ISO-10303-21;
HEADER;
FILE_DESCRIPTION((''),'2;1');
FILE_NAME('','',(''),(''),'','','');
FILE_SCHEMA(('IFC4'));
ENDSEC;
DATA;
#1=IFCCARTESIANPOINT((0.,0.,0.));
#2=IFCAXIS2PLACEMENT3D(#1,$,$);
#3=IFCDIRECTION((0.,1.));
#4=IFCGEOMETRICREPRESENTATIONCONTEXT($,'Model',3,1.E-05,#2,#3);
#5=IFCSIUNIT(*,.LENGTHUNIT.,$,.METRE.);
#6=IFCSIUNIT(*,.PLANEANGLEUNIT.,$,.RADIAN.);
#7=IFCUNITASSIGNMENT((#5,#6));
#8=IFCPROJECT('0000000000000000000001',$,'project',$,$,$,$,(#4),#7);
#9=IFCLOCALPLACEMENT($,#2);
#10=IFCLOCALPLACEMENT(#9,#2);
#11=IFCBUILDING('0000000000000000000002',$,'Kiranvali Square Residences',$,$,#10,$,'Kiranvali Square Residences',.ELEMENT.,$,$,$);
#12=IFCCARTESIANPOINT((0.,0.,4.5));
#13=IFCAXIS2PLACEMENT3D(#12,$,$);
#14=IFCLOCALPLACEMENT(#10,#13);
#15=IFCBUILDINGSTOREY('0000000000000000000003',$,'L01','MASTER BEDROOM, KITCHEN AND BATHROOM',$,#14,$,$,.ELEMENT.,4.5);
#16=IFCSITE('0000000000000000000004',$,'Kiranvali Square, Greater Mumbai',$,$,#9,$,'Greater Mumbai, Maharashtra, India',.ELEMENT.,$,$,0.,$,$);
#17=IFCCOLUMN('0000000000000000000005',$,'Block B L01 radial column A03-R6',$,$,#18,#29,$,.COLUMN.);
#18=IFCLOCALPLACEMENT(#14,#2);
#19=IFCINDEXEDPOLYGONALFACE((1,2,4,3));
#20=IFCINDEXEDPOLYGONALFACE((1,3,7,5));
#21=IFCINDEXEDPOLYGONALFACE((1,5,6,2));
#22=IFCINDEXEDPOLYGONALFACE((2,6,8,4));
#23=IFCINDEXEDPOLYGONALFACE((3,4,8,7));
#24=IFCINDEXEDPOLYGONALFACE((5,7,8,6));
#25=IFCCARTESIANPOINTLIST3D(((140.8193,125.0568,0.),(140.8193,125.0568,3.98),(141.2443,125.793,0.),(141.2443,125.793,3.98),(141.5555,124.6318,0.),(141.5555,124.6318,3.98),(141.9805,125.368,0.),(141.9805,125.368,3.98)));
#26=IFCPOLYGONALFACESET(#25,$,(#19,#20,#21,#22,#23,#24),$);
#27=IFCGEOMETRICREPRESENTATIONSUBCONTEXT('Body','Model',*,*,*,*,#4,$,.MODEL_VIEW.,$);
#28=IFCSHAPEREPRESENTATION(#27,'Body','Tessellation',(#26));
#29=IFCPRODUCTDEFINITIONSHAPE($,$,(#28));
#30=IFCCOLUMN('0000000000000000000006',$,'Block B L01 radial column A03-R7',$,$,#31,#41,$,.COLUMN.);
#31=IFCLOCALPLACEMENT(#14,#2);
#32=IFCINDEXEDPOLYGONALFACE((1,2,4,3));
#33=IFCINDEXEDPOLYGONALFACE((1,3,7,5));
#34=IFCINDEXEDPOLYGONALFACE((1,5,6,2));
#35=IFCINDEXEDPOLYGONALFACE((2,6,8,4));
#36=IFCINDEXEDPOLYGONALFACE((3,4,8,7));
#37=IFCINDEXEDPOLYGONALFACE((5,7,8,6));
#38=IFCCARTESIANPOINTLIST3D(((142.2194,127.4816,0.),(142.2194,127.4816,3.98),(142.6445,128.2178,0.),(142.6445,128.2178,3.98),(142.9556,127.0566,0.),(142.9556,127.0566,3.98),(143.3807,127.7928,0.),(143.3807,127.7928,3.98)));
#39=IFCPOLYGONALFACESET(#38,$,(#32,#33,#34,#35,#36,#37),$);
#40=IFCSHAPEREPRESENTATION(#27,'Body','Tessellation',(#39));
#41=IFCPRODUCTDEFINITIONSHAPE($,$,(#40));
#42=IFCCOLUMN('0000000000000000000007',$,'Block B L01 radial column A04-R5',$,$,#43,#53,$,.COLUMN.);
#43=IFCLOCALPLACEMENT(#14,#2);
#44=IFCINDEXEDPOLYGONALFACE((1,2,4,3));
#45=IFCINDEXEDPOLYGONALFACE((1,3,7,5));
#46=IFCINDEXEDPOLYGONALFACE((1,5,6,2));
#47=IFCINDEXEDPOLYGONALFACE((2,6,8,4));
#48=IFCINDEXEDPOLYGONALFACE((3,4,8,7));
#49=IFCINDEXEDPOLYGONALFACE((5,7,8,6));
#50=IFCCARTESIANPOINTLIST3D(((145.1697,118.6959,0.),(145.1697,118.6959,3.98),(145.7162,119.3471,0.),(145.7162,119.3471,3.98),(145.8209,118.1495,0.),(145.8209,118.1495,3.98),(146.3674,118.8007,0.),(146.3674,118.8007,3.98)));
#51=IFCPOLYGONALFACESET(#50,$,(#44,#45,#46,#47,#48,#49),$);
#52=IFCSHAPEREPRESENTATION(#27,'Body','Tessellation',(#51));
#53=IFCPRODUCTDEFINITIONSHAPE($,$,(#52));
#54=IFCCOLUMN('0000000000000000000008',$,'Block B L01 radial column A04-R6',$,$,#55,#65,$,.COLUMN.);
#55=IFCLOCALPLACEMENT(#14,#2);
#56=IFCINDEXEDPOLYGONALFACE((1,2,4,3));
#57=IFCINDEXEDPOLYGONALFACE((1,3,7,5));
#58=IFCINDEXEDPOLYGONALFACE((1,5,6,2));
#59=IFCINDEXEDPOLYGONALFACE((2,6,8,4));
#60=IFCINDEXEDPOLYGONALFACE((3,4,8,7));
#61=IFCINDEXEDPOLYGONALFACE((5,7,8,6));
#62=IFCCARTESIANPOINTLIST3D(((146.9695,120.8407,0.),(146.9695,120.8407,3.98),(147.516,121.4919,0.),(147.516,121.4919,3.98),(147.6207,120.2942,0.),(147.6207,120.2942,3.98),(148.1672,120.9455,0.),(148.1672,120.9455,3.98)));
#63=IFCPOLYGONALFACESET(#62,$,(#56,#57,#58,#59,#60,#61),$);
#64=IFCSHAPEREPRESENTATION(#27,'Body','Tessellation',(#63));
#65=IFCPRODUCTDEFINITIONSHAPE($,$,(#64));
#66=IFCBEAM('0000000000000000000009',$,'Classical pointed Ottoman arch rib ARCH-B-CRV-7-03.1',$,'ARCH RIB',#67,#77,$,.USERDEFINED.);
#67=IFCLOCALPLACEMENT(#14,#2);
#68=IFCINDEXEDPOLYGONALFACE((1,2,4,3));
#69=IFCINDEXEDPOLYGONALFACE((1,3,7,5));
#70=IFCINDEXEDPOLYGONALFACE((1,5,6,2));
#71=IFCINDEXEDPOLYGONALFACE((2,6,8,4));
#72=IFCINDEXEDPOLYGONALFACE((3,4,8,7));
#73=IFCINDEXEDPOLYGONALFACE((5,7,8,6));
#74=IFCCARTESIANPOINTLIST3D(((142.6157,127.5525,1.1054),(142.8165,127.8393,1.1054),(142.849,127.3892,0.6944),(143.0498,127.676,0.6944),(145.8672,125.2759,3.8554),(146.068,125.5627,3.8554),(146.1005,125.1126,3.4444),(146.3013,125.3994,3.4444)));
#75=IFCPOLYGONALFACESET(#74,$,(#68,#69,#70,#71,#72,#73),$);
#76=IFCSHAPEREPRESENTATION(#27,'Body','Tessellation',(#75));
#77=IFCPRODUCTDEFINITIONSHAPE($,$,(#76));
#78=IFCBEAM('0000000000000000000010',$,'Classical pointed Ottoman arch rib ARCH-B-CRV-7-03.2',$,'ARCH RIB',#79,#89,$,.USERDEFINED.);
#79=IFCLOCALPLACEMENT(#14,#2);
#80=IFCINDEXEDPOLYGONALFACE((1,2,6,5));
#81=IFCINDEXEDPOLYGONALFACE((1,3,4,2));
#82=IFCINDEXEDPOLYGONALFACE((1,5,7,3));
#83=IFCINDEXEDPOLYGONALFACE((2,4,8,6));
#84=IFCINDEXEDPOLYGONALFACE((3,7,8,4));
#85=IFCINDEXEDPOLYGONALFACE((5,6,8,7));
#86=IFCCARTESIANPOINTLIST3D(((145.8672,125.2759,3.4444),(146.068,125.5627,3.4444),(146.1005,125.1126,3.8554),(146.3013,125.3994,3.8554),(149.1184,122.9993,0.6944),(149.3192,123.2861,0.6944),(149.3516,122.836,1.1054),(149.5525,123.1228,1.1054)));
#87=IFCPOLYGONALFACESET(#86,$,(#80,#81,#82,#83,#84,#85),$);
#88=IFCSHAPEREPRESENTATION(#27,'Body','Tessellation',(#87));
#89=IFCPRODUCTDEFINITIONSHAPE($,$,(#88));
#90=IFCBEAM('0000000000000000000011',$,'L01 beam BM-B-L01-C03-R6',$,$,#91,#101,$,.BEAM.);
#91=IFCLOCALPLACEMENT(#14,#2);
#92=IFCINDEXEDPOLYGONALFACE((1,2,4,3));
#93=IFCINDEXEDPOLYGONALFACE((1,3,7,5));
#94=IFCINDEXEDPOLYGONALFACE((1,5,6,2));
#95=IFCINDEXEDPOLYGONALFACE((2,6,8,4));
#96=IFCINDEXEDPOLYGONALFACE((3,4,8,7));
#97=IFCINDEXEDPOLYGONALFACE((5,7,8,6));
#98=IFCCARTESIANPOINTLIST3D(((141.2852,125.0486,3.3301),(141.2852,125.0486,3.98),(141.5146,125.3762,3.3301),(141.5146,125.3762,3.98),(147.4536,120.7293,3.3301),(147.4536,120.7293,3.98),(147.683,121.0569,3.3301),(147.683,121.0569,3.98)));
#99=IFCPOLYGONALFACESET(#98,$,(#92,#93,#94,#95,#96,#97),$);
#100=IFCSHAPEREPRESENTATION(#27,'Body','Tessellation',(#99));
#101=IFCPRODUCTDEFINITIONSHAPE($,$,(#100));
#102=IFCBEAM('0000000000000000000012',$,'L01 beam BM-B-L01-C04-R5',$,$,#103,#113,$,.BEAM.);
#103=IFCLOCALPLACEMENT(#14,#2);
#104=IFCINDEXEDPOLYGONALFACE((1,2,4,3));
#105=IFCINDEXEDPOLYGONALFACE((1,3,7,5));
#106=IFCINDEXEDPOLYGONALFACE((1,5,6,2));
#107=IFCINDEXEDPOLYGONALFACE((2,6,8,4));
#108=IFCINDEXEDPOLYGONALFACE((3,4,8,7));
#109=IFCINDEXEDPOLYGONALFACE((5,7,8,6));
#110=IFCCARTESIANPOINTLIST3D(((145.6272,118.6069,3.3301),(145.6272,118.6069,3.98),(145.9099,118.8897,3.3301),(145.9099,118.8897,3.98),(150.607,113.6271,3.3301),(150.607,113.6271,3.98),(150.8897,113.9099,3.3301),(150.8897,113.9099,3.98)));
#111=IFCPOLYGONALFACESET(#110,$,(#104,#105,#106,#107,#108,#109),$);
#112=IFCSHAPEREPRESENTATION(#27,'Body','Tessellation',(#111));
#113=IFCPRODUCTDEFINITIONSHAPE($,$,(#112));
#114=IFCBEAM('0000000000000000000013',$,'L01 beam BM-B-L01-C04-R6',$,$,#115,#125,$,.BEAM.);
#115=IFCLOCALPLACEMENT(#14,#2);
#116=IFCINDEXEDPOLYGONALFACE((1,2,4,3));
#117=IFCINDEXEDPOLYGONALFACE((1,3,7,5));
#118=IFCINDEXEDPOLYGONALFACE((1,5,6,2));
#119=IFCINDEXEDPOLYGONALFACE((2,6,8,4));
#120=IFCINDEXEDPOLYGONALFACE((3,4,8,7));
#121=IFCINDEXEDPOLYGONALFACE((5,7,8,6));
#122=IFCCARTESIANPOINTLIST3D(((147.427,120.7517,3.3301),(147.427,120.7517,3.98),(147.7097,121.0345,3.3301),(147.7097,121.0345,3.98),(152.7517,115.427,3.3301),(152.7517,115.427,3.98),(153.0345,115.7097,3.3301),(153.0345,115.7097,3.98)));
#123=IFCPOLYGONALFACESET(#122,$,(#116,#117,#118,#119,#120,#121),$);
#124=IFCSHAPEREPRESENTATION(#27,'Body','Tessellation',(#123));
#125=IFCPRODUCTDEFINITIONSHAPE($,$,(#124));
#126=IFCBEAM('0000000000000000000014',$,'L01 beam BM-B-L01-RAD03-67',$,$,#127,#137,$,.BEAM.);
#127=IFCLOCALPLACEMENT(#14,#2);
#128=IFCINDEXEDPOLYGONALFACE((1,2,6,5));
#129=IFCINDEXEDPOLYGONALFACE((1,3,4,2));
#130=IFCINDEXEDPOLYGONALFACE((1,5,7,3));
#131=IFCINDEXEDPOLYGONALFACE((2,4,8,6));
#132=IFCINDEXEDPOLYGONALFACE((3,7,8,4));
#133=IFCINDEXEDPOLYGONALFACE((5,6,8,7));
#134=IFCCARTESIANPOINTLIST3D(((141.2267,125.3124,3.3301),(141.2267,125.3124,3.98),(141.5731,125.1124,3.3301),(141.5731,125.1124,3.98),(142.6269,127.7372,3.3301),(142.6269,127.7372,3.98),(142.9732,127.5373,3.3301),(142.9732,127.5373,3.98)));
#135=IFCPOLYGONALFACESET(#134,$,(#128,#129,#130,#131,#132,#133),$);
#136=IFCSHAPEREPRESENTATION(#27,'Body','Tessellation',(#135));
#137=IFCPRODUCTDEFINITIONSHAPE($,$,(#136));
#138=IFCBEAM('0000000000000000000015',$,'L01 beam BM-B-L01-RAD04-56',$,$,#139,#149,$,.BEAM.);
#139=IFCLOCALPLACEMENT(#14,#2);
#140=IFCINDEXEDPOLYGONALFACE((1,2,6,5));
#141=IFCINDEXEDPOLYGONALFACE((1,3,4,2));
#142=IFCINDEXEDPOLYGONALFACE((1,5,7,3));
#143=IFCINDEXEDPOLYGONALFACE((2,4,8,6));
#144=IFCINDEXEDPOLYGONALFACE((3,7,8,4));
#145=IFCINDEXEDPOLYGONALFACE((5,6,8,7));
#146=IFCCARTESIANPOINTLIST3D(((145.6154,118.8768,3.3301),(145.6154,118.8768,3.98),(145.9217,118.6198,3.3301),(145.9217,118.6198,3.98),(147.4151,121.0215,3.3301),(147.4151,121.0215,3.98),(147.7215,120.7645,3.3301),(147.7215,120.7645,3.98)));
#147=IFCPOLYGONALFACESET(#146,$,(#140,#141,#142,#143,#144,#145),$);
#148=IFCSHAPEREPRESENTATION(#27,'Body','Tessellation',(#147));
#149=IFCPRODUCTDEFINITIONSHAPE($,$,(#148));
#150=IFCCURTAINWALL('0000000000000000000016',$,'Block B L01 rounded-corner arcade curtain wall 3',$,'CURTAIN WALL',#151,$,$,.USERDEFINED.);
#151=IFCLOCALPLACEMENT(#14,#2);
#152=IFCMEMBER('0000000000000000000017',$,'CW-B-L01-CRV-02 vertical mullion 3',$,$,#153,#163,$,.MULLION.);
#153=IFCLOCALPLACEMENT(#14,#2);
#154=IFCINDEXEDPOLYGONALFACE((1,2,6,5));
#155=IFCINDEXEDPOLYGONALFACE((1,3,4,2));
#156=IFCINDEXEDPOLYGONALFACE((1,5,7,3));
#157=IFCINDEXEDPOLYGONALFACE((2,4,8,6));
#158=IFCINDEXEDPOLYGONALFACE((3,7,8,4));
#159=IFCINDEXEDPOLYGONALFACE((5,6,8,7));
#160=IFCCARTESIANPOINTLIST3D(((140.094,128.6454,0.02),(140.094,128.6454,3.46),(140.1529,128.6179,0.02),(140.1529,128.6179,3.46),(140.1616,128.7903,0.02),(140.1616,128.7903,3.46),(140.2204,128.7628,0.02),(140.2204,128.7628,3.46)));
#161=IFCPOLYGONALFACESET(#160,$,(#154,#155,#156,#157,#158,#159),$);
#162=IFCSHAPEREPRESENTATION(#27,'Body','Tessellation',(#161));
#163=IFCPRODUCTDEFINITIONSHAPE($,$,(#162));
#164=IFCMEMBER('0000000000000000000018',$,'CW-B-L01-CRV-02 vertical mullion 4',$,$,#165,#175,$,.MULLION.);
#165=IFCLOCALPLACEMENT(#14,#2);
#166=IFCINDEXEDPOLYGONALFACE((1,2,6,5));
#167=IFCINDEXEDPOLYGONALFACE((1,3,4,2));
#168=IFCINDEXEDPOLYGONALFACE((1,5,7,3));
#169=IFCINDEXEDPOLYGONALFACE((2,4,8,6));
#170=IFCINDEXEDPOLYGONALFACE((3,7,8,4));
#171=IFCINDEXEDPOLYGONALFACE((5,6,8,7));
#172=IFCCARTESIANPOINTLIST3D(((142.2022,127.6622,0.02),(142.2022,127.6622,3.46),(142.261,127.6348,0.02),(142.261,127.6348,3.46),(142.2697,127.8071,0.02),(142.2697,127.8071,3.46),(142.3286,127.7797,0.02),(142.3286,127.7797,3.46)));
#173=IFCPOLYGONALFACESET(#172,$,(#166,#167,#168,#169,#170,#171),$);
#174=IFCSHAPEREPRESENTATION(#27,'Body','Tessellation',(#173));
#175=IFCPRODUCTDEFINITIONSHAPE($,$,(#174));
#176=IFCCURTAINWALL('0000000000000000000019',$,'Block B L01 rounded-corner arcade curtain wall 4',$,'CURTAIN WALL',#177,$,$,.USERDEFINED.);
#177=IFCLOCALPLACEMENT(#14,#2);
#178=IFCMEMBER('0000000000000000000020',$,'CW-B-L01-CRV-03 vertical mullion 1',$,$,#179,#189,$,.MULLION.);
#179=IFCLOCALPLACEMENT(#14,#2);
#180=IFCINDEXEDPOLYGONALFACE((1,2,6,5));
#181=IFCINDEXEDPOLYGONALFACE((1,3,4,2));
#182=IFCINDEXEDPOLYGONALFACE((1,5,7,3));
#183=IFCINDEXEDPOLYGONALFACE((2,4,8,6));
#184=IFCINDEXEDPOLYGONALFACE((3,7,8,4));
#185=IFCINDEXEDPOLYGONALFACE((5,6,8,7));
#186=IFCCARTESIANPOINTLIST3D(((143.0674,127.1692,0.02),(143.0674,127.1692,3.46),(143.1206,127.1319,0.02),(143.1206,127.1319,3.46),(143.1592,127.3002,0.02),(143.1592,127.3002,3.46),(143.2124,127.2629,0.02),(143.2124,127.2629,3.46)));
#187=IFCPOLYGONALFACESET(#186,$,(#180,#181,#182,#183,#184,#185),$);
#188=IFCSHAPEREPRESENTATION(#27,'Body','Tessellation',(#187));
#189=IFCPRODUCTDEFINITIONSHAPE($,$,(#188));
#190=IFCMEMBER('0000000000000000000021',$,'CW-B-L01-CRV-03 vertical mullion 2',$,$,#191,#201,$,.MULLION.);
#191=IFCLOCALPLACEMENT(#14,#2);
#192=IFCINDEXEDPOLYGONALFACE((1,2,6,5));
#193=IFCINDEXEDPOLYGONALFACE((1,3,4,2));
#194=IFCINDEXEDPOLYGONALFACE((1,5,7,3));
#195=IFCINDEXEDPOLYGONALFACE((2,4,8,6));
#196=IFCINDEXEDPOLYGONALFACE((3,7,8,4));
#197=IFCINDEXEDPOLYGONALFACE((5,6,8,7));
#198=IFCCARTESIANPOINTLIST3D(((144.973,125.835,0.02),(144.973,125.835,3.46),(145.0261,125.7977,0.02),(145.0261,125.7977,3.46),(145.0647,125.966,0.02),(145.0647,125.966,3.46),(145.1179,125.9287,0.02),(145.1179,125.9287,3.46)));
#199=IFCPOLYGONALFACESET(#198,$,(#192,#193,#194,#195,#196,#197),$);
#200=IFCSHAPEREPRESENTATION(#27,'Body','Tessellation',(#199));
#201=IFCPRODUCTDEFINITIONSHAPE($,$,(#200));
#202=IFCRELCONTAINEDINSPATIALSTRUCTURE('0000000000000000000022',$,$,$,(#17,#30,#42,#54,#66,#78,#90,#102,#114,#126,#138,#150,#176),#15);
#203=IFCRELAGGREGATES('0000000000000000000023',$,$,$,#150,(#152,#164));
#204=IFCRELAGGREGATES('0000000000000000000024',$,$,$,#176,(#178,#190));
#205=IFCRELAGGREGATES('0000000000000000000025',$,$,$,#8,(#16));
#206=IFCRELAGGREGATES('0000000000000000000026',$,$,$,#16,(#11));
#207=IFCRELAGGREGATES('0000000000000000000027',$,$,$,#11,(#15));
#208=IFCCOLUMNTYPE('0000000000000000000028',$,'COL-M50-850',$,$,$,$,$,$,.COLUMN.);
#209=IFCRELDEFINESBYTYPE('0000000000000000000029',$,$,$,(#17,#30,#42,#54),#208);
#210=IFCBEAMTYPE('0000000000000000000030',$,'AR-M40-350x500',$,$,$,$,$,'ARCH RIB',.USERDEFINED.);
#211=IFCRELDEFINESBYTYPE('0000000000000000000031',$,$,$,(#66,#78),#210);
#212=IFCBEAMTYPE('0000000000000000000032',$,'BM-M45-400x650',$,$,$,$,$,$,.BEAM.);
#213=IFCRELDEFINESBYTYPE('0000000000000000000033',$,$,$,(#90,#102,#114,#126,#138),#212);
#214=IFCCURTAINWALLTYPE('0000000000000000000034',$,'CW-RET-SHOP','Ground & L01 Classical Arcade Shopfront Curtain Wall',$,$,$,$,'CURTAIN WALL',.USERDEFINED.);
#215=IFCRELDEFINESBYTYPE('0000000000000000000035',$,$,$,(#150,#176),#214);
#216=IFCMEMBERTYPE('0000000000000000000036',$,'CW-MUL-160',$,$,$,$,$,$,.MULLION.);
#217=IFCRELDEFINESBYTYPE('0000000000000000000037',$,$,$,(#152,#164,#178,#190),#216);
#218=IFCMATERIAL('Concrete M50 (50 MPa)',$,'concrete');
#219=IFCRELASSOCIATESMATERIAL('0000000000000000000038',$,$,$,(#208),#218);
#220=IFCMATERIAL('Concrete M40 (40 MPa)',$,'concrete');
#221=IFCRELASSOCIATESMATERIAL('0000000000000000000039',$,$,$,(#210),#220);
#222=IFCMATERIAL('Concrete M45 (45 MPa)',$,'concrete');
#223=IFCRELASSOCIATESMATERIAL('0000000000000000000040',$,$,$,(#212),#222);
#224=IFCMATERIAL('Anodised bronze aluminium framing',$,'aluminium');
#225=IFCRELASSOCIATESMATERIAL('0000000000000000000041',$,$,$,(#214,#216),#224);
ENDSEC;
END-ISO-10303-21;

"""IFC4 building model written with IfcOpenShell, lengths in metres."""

from ifc_helpers import new_model, si_unit, direction, frame, origin, origin_2d, place, context, subcontext, project, spatial, rectangle, extrude, material, material_profile, profile_set, type_object, element, aggregate, save


model = new_model("IFC4")

# Units and contexts
model_context = context("Model", 3, precision=1e-05, world=origin(), true_north=direction((0.0, 1.0)))
body_context = subcontext(model_context, "Body", "Model", "MODEL_VIEW")
ifc_project = project(units=[si_unit("LENGTHUNIT", "METRE"), si_unit("PLANEANGLEUNIT", "RADIAN")], contexts=[model_context])

# Site, building, storey
site_placement = place(None, origin())
site = spatial("IfcSite", under=ifc_project, at=site_placement, Name="Kiranvali Square, Greater Mumbai", LongName="Greater Mumbai, Maharashtra, India", CompositionType="ELEMENT", RefElevation=0.0)
building_placement = place(site_placement, origin())
building = spatial("IfcBuilding", under=site, at=building_placement, Name="Kiranvali Square Residences", LongName="Kiranvali Square Residences", CompositionType="ELEMENT")
storey_placement = place(building_placement, frame((0.0, 0.0, 4.5)))
storey = spatial("IfcBuildingStorey", under=building, at=storey_placement, Name="L01", Description="MASTER BEDROOM, KITCHEN AND BATHROOM", CompositionType="ELEMENT", Elevation=4.5)

# Columns
ifc_material_1 = material(Name="Concrete M50 (50 MPa)", Category="concrete")
ifc_material_profile_1 = material_profile(ifc_material_1, rectangle(XDim=0.8501, YDim=0.8501, at=origin_2d()), Name="RC 850x850")
ifc_profile_set_1 = profile_set([ifc_material_profile_1], Name="Concrete M50 (50 MPa)")
column_type = type_object("IfcColumnType", Name="COL-M50-850", PredefinedType="COLUMN", material=ifc_profile_set_1)
for number, where, z_axis, x_axis, name in (
    (1, (141.3999, 125.2124, 0.0), (0.0, 0.0, 1.0), (-0.866025, 0.5, 0.0), "Block B L01 radial column A03-R6"),
    (2, (142.8, 127.6372, 0.0), (0.0, 0.0, 1.0), (-0.866025, 0.5, 0.0), "Block B L01 radial column A03-R7"),
    (3, (145.7686, 118.7483, 0.0), (0.0, 0.0, 1.0), (-0.766044, 0.642788, 0.0), "Block B L01 radial column A04-R5"),
    (4, (147.5684, 120.8931, 0.0), (0.0, 0.0, 1.0), (-0.766044, 0.642788, 0.0), "Block B L01 radial column A04-R6"),
):
    element("IfcColumn", number, at=place(storey_placement, frame(where, z_axis=z_axis, x_axis=x_axis)), inside=storey, type_object=column_type, Name=name, PredefinedType="COLUMN", context=body_context, shape_type="SweptSolid", body=[
        extrude(rectangle(XDim=0.8501, YDim=0.8501, at=origin_2d()), origin(), (0.0, 0.0, 1.0), 3.98),
    ])

# Beams
ifc_material_2 = material(Name="Concrete M40 (40 MPa)", Category="concrete")
ifc_material_profile_2 = material_profile(ifc_material_2, rectangle(XDim=0.3501, YDim=0.5, at=origin_2d()), Name="RC 350x500")
ifc_profile_set_2 = profile_set([ifc_material_profile_2], Name="Concrete M40 (40 MPa)")
beam_type_1 = type_object("IfcBeamType", Name="AR-M40-350x500", ElementType="ARCH RIB", PredefinedType="USERDEFINED", material=ifc_profile_set_2)
beam_1_placement = place(storey_placement, frame((142.8328, 127.6143, 0.8999), z_axis=(0.673346, -0.471463, 0.569498), x_axis=(0.573561, 0.819163, 0.0)))
element("IfcBeam", 5, at=beam_1_placement, inside=storey, type_object=beam_type_1, Name="Classical pointed Ottoman arch rib ARCH-B-CRV-7-03.1", ObjectType="ARCH RIB", PredefinedType="USERDEFINED", context=body_context, shape_type="SweptSolid", body=[
    extrude(rectangle(XDim=0.3501, YDim=0.5, at=origin_2d()), origin(), (0.0, 0.0, 1.0), 4.8289),
])
beam_2_placement = place(storey_placement, frame((146.0842, 125.3376, 3.6499), z_axis=(0.673318, -0.47148, -0.569517), x_axis=(0.57359, 0.819142, 0.0)))
element("IfcBeam", 6, at=beam_2_placement, inside=storey, type_object=beam_type_1, Name="Classical pointed Ottoman arch rib ARCH-B-CRV-7-03.2", ObjectType="ARCH RIB", PredefinedType="USERDEFINED", context=body_context, shape_type="SweptSolid", body=[
    extrude(rectangle(XDim=0.3501, YDim=0.5, at=origin_2d()), origin(), (0.0, 0.0, 1.0), 4.8286),
])
ifc_material_3 = material(Name="Concrete M45 (45 MPa)", Category="concrete")
ifc_material_profile_3 = material_profile(ifc_material_3, rectangle(XDim=0.3999, YDim=0.6499, at=origin_2d()), Name="RC 400x650")
ifc_profile_set_3 = profile_set([ifc_material_profile_3], Name="Concrete M45 (45 MPa)")
beam_type_2 = type_object("IfcBeamType", Name="BM-M45-400x650", PredefinedType="BEAM", material=ifc_profile_set_3)
beam_3_placement = place(storey_placement, frame((141.3999, 125.2124, 3.655), z_axis=(0.819144, -0.573589, 0.0), x_axis=(0.573589, 0.819144, 0.0)))
element("IfcBeam", 7, at=beam_3_placement, inside=storey, type_object=beam_type_2, Name="L01 beam BM-B-L01-C03-R6", PredefinedType="BEAM", context=body_context, shape_type="SweptSolid", body=[
    extrude(rectangle(XDim=0.3999, YDim=0.6499, at=origin_2d()), origin(), (0.0, 0.0, 1.0), 7.5303),
])
beam_4_placement = place(storey_placement, frame((145.7686, 118.7483, 3.655), z_axis=(0.707107, -0.707107, 0.0), x_axis=(0.707107, 0.707107, 0.0)))
element("IfcBeam", 8, at=beam_4_placement, inside=storey, type_object=beam_type_2, Name="L01 beam BM-B-L01-C04-R5", PredefinedType="BEAM", context=body_context, shape_type="SweptSolid", body=[
    extrude(rectangle(XDim=0.3999, YDim=0.6499, at=origin_2d()), origin(), (0.0, 0.0, 1.0), 7.0425),
])
beam_5_placement = place(storey_placement, frame((147.5684, 120.8931, 3.655), z_axis=(0.707107, -0.707107, 0.0), x_axis=(0.707107, 0.707107, 0.0)))
element("IfcBeam", 9, at=beam_5_placement, inside=storey, type_object=beam_type_2, Name="L01 beam BM-B-L01-C04-R6", PredefinedType="BEAM", context=body_context, shape_type="SweptSolid", body=[
    extrude(rectangle(XDim=0.3999, YDim=0.6499, at=origin_2d()), origin(), (0.0, 0.0, 1.0), 7.5303),
])
beam_6_placement = place(storey_placement, frame((141.3999, 125.2124, 3.655), z_axis=(0.50005, 0.865997, 0.0), x_axis=(-0.865997, 0.50005, 0.0)))
element("IfcBeam", 10, at=beam_6_placement, inside=storey, type_object=beam_type_2, Name="L01 beam BM-B-L01-RAD03-67", PredefinedType="BEAM", context=body_context, shape_type="SweptSolid", body=[
    extrude(rectangle(XDim=0.3999, YDim=0.6499, at=origin_2d()), origin(), (0.0, 0.0, 1.0), 2.8),
])
beam_7_placement = place(storey_placement, frame((145.7686, 118.7483, 3.655), z_axis=(0.642814, 0.766023, 0.0), x_axis=(-0.766023, 0.642814, 0.0)))
element("IfcBeam", 11, at=beam_7_placement, inside=storey, type_object=beam_type_2, Name="L01 beam BM-B-L01-RAD04-56", PredefinedType="BEAM", context=body_context, shape_type="SweptSolid", body=[
    extrude(rectangle(XDim=0.3999, YDim=0.6499, at=origin_2d()), origin(), (0.0, 0.0, 1.0), 2.7998),
])

# Curtain walls, members
ifc_material_4 = material(Name="Anodised bronze aluminium framing", Category="aluminium")
curtain_wall_type = type_object("IfcCurtainWallType", Name="CW-RET-SHOP", Description="Ground & L01 Classical Arcade Shopfront Curtain Wall", ElementType="CURTAIN WALL", PredefinedType="USERDEFINED", material=ifc_material_4)
curtain_wall_1_placement = place(storey_placement, origin())
curtain_wall_1 = element("IfcCurtainWall", 12, at=curtain_wall_1_placement, inside=storey, type_object=curtain_wall_type, Name="Block B L01 rounded-corner arcade curtain wall 3", ObjectType="CURTAIN WALL", PredefinedType="USERDEFINED")
ifc_material_profile_4 = material_profile(ifc_material_4, rectangle(XDim=0.0649, YDim=0.1599, at=origin_2d()), Name="ALU 65x160")
ifc_profile_set_4 = profile_set([ifc_material_profile_4], Name="Anodised bronze aluminium framing")
member_type_1 = type_object("IfcMemberType", Name="CW-MUL-160", PredefinedType="MULLION", material=ifc_profile_set_4)
member_1_placement = place(storey_placement, frame((140.1572, 128.7041, 0.02), z_axis=(0.0, 0.0, 1.0), x_axis=(0.906308, -0.422618, 0.0)))
member_1 = element("IfcMember", 13, at=member_1_placement, type_object=member_type_1, Name="CW-B-L01-CRV-02 vertical mullion 3", PredefinedType="MULLION", context=body_context, shape_type="SweptSolid", body=[
    extrude(rectangle(XDim=0.0649, YDim=0.1599, at=origin_2d()), origin(), (0.0, 0.0, 1.0), 3.4399),
])
member_2_placement = place(storey_placement, frame((142.2654, 127.7209, 0.02), z_axis=(0.0, 0.0, 1.0), x_axis=(0.906308, -0.422618, 0.0)))
member_2 = element("IfcMember", 14, at=member_2_placement, type_object=member_type_1, Name="CW-B-L01-CRV-02 vertical mullion 4", PredefinedType="MULLION", context=body_context, shape_type="SweptSolid", body=[
    extrude(rectangle(XDim=0.0649, YDim=0.1599, at=origin_2d()), origin(), (0.0, 0.0, 1.0), 3.4399),
])
curtain_wall_2_placement = place(storey_placement, origin())
curtain_wall_2 = element("IfcCurtainWall", 15, at=curtain_wall_2_placement, inside=storey, type_object=curtain_wall_type, Name="Block B L01 rounded-corner arcade curtain wall 4", ObjectType="CURTAIN WALL", PredefinedType="USERDEFINED")
member_3_placement = place(storey_placement, frame((143.1399, 127.2161, 0.02), z_axis=(0.0, 0.0, 1.0), x_axis=(0.819152, -0.573576, 0.0)))
member_3 = element("IfcMember", 16, at=member_3_placement, type_object=member_type_1, Name="CW-B-L01-CRV-03 vertical mullion 1", PredefinedType="MULLION", context=body_context, shape_type="SweptSolid", body=[
    extrude(rectangle(XDim=0.0649, YDim=0.1599, at=origin_2d()), origin(), (0.0, 0.0, 1.0), 3.4399),
])
member_4_placement = place(storey_placement, frame((145.0454, 125.8818, 0.02), z_axis=(0.0, 0.0, 1.0), x_axis=(0.819152, -0.573576, 0.0)))
member_4 = element("IfcMember", 17, at=member_4_placement, type_object=member_type_1, Name="CW-B-L01-CRV-03 vertical mullion 2", PredefinedType="MULLION", context=body_context, shape_type="SweptSolid", body=[
    extrude(rectangle(XDim=0.0649, YDim=0.1599, at=origin_2d()), origin(), (0.0, 0.0, 1.0), 3.4399),
])

aggregate(curtain_wall_1, [member_1, member_2])
aggregate(curtain_wall_2, [member_3, member_4])

save(model, "model.ifc")
